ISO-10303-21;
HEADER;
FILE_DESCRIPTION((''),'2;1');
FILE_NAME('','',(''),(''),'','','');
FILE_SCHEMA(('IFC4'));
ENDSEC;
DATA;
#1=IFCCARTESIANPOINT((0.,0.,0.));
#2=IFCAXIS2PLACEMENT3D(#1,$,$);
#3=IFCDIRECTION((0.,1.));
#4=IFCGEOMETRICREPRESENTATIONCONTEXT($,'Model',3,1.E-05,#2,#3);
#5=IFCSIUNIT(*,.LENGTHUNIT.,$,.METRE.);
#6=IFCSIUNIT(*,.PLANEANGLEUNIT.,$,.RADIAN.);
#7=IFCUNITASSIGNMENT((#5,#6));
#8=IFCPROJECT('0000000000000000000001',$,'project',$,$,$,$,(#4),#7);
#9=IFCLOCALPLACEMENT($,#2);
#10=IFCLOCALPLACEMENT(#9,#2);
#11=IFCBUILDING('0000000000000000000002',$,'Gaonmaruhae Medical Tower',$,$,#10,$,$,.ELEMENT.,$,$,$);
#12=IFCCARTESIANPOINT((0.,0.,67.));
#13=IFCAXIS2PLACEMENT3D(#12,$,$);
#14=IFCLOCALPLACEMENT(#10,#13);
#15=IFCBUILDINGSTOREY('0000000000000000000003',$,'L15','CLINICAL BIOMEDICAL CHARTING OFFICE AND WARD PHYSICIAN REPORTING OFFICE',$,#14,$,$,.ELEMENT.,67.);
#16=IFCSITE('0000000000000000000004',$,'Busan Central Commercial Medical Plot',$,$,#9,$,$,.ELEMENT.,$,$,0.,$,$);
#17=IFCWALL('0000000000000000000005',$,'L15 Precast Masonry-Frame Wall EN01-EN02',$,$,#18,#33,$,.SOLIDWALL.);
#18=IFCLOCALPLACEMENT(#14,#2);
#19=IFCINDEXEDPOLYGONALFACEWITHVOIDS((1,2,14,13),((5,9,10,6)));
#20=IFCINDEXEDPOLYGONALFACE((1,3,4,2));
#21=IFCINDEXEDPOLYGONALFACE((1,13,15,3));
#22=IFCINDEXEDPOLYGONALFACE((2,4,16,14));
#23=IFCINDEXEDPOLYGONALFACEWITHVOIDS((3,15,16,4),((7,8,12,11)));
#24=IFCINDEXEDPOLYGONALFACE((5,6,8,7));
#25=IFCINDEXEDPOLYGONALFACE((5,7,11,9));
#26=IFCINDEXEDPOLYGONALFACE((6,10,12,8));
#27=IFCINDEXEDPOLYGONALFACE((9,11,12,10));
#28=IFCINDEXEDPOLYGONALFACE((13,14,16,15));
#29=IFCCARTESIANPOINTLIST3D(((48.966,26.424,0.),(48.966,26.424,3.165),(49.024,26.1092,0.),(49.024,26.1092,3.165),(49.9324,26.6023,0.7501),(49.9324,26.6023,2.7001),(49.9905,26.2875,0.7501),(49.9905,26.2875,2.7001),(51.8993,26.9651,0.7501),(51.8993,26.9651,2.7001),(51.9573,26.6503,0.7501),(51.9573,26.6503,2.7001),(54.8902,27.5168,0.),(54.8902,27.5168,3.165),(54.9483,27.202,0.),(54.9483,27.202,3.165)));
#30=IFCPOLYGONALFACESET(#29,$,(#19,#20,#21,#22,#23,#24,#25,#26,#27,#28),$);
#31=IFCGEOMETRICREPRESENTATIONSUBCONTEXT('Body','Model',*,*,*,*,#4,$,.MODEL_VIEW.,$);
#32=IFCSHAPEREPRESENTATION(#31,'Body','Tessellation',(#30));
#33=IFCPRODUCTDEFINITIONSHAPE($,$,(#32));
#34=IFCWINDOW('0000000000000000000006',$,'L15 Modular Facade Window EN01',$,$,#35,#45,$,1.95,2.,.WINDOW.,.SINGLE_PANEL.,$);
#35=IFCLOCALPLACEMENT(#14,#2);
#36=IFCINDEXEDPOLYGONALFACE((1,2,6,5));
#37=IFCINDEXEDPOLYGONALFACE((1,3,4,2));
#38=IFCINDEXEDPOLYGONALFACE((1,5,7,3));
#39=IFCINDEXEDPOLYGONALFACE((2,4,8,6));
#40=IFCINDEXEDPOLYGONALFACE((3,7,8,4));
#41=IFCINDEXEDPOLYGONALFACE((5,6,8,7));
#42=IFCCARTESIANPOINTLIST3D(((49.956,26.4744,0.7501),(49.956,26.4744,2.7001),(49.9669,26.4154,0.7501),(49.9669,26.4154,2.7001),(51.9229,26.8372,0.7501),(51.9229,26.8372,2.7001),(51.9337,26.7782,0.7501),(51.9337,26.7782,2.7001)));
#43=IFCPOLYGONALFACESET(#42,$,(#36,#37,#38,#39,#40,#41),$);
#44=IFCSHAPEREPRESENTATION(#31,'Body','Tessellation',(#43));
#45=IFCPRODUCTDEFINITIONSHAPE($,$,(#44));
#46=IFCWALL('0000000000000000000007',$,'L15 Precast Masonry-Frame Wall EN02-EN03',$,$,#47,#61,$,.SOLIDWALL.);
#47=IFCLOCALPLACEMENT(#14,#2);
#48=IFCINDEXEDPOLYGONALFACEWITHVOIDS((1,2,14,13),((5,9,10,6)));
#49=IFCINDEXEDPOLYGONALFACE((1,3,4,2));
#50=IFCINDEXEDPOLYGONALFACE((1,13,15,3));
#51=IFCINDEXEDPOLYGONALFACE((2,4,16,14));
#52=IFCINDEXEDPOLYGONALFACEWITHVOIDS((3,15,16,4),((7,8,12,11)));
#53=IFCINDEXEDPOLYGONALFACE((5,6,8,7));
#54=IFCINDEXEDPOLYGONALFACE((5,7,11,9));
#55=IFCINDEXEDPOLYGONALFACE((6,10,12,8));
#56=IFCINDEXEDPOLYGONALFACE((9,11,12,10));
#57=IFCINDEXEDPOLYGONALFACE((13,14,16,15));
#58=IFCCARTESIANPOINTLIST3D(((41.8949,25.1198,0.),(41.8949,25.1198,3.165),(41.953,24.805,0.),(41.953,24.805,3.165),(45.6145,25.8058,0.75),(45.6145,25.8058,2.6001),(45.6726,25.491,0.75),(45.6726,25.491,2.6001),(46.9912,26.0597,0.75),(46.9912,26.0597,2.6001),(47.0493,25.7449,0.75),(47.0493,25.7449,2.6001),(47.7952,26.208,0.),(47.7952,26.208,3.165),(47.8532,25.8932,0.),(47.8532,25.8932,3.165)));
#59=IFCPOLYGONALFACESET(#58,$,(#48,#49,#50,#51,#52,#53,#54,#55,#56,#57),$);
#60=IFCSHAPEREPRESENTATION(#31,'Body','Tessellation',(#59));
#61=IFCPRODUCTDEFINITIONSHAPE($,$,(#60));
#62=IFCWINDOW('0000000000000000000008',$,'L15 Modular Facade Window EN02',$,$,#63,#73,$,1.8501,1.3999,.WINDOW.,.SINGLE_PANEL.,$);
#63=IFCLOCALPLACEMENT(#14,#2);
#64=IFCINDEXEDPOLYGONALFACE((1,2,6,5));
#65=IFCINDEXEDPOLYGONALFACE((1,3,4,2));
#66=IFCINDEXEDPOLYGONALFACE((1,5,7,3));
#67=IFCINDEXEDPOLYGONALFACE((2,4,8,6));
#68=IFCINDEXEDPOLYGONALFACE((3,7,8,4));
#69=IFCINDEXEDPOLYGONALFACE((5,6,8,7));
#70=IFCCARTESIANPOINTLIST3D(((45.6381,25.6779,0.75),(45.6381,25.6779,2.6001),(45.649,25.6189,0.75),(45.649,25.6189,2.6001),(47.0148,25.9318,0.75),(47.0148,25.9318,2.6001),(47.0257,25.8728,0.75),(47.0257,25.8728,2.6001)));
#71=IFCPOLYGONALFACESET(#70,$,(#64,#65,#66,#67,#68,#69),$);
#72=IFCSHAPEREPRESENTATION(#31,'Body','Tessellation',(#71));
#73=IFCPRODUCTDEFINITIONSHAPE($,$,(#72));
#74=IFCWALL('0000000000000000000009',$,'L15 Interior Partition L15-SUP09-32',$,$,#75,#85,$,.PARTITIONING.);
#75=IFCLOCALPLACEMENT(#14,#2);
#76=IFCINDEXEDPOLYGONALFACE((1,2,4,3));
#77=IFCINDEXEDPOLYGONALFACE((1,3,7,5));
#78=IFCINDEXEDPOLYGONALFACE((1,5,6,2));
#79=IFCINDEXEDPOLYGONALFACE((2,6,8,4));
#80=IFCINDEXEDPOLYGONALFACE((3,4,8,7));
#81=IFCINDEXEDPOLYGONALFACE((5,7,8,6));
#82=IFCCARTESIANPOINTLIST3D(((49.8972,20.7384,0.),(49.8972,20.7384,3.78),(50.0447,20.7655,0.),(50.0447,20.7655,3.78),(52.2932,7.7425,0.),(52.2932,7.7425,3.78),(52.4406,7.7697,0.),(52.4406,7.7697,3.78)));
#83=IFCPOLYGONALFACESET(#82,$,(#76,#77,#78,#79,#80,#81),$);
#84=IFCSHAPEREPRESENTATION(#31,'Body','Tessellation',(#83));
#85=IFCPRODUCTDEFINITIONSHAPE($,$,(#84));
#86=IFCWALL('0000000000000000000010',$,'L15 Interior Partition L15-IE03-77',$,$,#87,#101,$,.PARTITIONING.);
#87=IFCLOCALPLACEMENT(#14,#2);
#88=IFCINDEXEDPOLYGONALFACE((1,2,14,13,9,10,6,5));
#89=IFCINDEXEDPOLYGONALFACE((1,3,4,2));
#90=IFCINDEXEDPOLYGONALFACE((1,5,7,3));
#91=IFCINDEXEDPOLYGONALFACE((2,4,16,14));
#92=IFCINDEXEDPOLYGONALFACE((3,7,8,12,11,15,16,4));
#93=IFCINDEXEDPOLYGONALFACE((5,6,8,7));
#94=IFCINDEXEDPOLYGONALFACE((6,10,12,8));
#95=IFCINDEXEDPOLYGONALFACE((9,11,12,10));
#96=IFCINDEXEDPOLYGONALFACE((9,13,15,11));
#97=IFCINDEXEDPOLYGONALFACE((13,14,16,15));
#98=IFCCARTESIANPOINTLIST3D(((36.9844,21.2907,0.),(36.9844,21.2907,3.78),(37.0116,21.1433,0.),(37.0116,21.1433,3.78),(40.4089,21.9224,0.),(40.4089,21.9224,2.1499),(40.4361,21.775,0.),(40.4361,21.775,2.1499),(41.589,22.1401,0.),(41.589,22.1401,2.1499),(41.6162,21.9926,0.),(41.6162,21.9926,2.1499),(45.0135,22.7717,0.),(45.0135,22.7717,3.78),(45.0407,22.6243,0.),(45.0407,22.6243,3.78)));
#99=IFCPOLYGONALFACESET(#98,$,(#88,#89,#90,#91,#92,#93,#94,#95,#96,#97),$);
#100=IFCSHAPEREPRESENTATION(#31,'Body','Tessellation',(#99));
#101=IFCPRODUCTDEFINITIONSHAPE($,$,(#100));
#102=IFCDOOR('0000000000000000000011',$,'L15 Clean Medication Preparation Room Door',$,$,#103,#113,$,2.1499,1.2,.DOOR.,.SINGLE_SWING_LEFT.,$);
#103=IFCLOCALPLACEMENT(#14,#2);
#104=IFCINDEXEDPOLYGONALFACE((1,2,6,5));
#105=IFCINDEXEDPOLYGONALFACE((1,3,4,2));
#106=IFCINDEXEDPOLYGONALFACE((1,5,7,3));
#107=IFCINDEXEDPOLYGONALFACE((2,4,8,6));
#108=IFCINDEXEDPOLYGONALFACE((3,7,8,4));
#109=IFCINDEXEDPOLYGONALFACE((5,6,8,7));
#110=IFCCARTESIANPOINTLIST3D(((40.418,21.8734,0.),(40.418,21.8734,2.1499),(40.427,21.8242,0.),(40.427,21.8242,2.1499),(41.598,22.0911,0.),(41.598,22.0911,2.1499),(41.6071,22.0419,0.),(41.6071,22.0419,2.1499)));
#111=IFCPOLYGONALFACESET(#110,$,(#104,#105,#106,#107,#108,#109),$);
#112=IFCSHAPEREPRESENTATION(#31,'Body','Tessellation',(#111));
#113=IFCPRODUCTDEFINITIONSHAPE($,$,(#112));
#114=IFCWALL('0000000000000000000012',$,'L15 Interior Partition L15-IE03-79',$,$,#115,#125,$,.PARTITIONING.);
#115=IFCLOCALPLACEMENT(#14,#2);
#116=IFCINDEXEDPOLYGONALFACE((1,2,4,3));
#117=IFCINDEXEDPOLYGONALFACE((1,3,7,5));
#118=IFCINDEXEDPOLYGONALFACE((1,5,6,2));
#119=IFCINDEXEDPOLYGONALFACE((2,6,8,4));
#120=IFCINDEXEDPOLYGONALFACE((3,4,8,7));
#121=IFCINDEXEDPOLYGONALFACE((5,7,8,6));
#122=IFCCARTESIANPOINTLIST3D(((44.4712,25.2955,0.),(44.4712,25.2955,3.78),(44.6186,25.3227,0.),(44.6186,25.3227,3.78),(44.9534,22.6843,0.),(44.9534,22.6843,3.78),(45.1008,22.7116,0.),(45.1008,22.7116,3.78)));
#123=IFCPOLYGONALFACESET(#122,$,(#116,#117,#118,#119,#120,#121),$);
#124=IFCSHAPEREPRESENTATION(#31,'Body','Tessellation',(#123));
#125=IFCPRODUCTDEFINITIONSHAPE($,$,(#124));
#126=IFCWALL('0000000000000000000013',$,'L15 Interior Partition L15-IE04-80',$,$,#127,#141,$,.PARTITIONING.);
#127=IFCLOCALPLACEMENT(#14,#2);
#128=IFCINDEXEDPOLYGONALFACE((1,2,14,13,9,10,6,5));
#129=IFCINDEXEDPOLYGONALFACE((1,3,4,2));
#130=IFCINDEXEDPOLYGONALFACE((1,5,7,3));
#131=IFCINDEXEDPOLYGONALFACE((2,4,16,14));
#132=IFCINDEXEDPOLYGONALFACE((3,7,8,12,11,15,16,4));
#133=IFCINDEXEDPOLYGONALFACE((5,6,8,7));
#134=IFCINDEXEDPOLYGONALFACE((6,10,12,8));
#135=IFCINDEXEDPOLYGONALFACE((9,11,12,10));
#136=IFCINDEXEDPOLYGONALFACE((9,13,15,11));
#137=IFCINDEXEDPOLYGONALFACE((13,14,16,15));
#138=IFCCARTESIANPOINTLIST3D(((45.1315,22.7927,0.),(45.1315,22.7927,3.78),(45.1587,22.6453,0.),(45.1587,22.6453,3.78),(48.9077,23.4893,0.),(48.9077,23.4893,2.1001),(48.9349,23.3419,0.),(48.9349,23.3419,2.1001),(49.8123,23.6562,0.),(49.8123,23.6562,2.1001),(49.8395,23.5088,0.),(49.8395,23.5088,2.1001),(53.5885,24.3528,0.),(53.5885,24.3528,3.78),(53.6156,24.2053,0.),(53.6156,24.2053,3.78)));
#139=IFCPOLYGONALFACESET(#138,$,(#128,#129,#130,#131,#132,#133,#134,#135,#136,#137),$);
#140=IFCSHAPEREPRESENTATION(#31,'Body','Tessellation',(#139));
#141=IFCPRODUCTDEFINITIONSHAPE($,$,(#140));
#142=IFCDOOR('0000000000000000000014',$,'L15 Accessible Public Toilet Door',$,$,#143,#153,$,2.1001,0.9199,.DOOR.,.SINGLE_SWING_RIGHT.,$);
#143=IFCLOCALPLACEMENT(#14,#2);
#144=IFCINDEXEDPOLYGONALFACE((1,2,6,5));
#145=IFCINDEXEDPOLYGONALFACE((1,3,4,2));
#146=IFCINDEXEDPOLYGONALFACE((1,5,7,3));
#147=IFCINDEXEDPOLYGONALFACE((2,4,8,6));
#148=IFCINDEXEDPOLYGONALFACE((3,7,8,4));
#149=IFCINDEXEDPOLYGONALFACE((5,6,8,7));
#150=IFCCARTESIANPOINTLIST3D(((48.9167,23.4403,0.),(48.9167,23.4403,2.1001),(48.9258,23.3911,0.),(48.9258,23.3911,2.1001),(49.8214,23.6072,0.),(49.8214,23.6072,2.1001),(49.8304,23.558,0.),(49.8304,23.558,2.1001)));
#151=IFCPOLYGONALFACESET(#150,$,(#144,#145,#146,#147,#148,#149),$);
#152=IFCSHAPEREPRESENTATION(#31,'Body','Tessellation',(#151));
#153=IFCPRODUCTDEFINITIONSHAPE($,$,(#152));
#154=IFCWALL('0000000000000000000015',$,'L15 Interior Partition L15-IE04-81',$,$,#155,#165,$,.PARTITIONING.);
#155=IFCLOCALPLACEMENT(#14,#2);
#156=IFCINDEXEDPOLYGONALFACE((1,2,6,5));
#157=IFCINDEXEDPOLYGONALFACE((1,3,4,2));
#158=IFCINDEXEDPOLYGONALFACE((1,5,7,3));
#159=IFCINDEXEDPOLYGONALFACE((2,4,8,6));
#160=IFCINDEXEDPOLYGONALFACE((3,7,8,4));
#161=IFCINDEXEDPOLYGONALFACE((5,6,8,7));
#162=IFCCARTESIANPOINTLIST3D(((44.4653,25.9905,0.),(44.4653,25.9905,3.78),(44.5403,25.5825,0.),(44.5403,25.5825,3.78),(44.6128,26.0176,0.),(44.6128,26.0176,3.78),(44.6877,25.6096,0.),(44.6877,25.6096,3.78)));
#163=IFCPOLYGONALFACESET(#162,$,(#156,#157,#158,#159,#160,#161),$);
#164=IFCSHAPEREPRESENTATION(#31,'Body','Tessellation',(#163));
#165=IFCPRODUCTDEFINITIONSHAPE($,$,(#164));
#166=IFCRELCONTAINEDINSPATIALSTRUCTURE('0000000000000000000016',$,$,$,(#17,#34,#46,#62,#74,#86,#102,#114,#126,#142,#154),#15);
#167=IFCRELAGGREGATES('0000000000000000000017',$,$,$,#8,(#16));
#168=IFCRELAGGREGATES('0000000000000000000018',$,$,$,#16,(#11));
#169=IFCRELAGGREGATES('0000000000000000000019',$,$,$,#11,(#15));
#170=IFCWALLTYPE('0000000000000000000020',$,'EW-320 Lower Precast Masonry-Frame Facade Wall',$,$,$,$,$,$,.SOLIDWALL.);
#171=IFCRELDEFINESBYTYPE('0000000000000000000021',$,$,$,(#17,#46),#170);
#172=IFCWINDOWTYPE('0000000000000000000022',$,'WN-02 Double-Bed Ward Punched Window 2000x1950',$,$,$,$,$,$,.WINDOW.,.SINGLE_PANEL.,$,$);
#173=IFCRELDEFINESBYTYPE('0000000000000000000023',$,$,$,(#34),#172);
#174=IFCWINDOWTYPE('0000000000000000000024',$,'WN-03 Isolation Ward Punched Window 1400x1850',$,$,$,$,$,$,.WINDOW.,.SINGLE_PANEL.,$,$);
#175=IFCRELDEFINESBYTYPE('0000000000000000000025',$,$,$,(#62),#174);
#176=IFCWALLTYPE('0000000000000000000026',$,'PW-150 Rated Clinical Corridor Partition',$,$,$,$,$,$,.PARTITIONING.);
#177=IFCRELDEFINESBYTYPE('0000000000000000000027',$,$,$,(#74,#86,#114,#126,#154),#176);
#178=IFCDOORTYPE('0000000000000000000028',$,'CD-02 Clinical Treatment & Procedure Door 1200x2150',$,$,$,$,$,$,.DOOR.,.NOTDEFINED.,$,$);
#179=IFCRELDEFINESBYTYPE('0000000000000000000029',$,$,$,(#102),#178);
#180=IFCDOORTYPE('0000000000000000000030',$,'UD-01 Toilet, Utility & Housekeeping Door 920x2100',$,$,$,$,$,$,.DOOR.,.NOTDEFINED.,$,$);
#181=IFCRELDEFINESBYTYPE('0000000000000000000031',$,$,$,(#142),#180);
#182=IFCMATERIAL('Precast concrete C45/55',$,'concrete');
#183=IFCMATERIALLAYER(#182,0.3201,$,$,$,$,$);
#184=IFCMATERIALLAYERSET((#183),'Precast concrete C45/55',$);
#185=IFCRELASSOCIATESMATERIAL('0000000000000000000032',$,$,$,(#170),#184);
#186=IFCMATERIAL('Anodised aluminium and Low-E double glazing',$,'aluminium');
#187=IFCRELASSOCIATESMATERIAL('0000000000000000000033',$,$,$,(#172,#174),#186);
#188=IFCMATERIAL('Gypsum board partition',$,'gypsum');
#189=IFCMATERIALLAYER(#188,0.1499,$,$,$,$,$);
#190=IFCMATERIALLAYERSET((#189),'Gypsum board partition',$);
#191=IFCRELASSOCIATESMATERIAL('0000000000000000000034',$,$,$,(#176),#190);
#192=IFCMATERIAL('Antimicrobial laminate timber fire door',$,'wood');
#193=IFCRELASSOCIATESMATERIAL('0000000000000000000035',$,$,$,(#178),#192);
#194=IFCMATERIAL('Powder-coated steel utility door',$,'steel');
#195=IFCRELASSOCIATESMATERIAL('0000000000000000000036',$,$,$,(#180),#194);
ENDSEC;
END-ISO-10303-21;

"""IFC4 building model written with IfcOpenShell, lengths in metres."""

from ifc_helpers import new_model, si_unit, direction, frame, frame_2d, origin, place, context, subcontext, project, spatial, rectangle, extrude, material, layer, layer_set, type_object, element, fill, save


model = new_model("IFC4")

# Units and contexts
model_context = context("Model", 3, precision=1e-05, world=origin(), true_north=direction((0.0, 1.0)))
body_context = subcontext(model_context, "Body", "Model", "MODEL_VIEW")
ifc_project = project(units=[si_unit("LENGTHUNIT", "METRE"), si_unit("PLANEANGLEUNIT", "RADIAN")], contexts=[model_context])

# Site, building, storey
site_placement = place(None, origin())
site = spatial("IfcSite", under=ifc_project, at=site_placement, Name="Busan Central Commercial Medical Plot", CompositionType="ELEMENT", RefElevation=0.0)
building_placement = place(site_placement, origin())
building = spatial("IfcBuilding", under=site, at=building_placement, Name="Gaonmaruhae Medical Tower", CompositionType="ELEMENT")
storey_placement = place(building_placement, frame((0.0, 0.0, 67.0)))
storey = spatial("IfcBuildingStorey", under=building, at=storey_placement, Name="L15", Description="CLINICAL BIOMEDICAL CHARTING OFFICE AND WARD PHYSICIAN REPORTING OFFICE", CompositionType="ELEMENT", Elevation=67.0)

# Walls, openings, windows
ifc_material_1 = material(Name="Precast concrete C45/55", Category="concrete")
ifc_layer_1 = layer(ifc_material_1, 0.3201)
ifc_layer_set_1 = layer_set([ifc_layer_1], Name="Precast concrete C45/55")
wall_type_1 = type_object("IfcWallType", Name="EW-320 Lower Precast Masonry-Frame Facade Wall", PredefinedType="SOLIDWALL", material=ifc_layer_set_1)
wall_1_placement = place(storey_placement, frame((48.9949, 26.2666, 0.0), z_axis=(0.0, 0.0, 1.0), x_axis=(0.98341, 0.181396, 0.0)))
wall_1 = element("IfcWall", 1, at=wall_1_placement, inside=storey, type_object=wall_type_1, Name="L15 Precast Masonry-Frame Wall EN01-EN02", PredefinedType="SOLIDWALL", context=body_context, shape_type="SweptSolid", body=[
    extrude(rectangle(XDim=6.0242, YDim=0.3201, at=frame_2d((3.0122, 0.0))), origin(), (0.0, 0.0, 1.0), 3.165),
])
opening_1_placement = place(wall_1_placement, frame((0.9829, 0.0, 0.75)))
opening_1 = element("IfcOpeningElement", 2, at=opening_1_placement, cuts=wall_1, PredefinedType="OPENING", context=body_context, shape_type="SweptSolid", body=[
    extrude(rectangle(XDim=2.0, YDim=1.95, at=frame_2d((1.0, 0.9751))), frame((0.0, 0.1699, 0.0), z_axis=(0.0, -1.0, 0.0), x_axis=(1.0, 0.0, 0.0)), (0.0, 0.0, 1.0), 0.3401),
])
ifc_material_2 = material(Name="Anodised aluminium and Low-E double glazing", Category="aluminium")
window_type_1 = type_object("IfcWindowType", Name="WN-02 Double-Bed Ward Punched Window 2000x1950", PartitioningType="SINGLE_PANEL", PredefinedType="WINDOW", material=ifc_material_2)
window_1_placement = place(opening_1_placement, origin())
window_1 = element("IfcWindow", 3, at=window_1_placement, inside=storey, type_object=window_type_1, Name="L15 Modular Facade Window EN01", OverallHeight=1.95, OverallWidth=2.0, PartitioningType="SINGLE_PANEL", PredefinedType="WINDOW", context=body_context, shape_type="SweptSolid", body=[
    extrude(rectangle(XDim=2.0, YDim=1.95, at=frame_2d((1.0, 0.9751))), frame((0.0, 0.03, 0.0), z_axis=(0.0, -1.0, 0.0), x_axis=(1.0, 0.0, 0.0)), (0.0, 0.0, 1.0), 0.0601),
])
fill(opening_1, window_1)
wall_2_placement = place(storey_placement, frame((41.9238, 24.9624, 0.0), z_axis=(0.0, 0.0, 1.0), x_axis=(0.983416, 0.181366, 0.0)))
wall_2 = element("IfcWall", 4, at=wall_2_placement, inside=storey, type_object=wall_type_1, Name="L15 Precast Masonry-Frame Wall EN02-EN03", PredefinedType="SOLIDWALL", context=body_context, shape_type="SweptSolid", body=[
    extrude(rectangle(XDim=5.9998, YDim=0.3201, at=frame_2d((3.0, 0.0))), origin(), (0.0, 0.0, 1.0), 3.165),
])
opening_2_placement = place(wall_2_placement, frame((3.7825, 0.0, 0.75)))
opening_2 = element("IfcOpeningElement", 5, at=opening_2_placement, cuts=wall_2, PredefinedType="OPENING", context=body_context, shape_type="SweptSolid", body=[
    extrude(rectangle(XDim=1.3999, YDim=1.8501, at=frame_2d((0.7, 0.925))), frame((0.0, 0.1699, 0.0), z_axis=(0.0, -1.0, 0.0), x_axis=(1.0, 0.0, 0.0)), (0.0, 0.0, 1.0), 0.3401),
])
window_type_2 = type_object("IfcWindowType", Name="WN-03 Isolation Ward Punched Window 1400x1850", PartitioningType="SINGLE_PANEL", PredefinedType="WINDOW", material=ifc_material_2)
window_2_placement = place(opening_2_placement, origin())
window_2 = element("IfcWindow", 6, at=window_2_placement, inside=storey, type_object=window_type_2, Name="L15 Modular Facade Window EN02", OverallHeight=1.8501, OverallWidth=1.3999, PartitioningType="SINGLE_PANEL", PredefinedType="WINDOW", context=body_context, shape_type="SweptSolid", body=[
    extrude(rectangle(XDim=1.3999, YDim=1.8501, at=frame_2d((0.7, 0.925))), frame((0.0, 0.03, 0.0), z_axis=(0.0, -1.0, 0.0), x_axis=(1.0, 0.0, 0.0)), (0.0, 0.0, 1.0), 0.0601),
])
fill(opening_2, window_2)

# Shared definitions
ifc_material_3 = material(Name="Gypsum board partition", Category="gypsum")
ifc_layer_2 = layer(ifc_material_3, 0.1499)
ifc_layer_set_2 = layer_set([ifc_layer_2], Name="Gypsum board partition")
wall_type_2 = type_object("IfcWallType", Name="PW-150 Rated Clinical Corridor Partition", PredefinedType="PARTITIONING", material=ifc_layer_set_2)
ifc_material_4 = material(Name="Antimicrobial laminate timber fire door", Category="wood")
door_type_1 = type_object("IfcDoorType", Name="CD-02 Clinical Treatment & Procedure Door 1200x2150", OperationType="NOTDEFINED", PredefinedType="DOOR", material=ifc_material_4)

# Wall
wall_3_placement = place(storey_placement, frame((49.9709, 20.752, 0.0), z_axis=(0.0, 0.0, 1.0), x_axis=(0.181311, -0.983426, 0.0)))
element("IfcWall", 7, at=wall_3_placement, inside=storey, type_object=wall_type_2, Name="L15 Interior Partition L15-SUP09-32", PredefinedType="PARTITIONING", context=body_context, shape_type="SweptSolid", body=[
    extrude(rectangle(XDim=13.2148, YDim=0.1499, at=frame_2d((6.6074, 0.0))), origin(), (0.0, 0.0, 1.0), 3.78),
])

# Wall, opening, door
wall_4_placement = place(storey_placement, frame((45.0271, 22.698, 0.0), z_axis=(0.0, 0.0, 1.0), x_axis=(-0.983411, -0.18139, 0.0)))
wall_4 = element("IfcWall", 8, at=wall_4_placement, inside=storey, type_object=wall_type_2, Name="L15 Interior Partition L15-IE03-77", PredefinedType="PARTITIONING", context=body_context, shape_type="SweptSolid", body=[
    extrude(rectangle(XDim=8.1646, YDim=0.1499, at=frame_2d((4.0823, 0.0))), origin(), (0.0, 0.0, 1.0), 3.78),
])
opening_3_placement = place(wall_4_placement, frame((3.4822, 0.0, 0.0)))
opening_3 = element("IfcOpeningElement", 9, at=opening_3_placement, cuts=wall_4, PredefinedType="OPENING", context=body_context, shape_type="SweptSolid", body=[
    extrude(rectangle(XDim=1.2, YDim=2.1499, at=frame_2d((0.6001, 1.075))), frame((0.0, 0.085, 0.0), z_axis=(0.0, -1.0, 0.0), x_axis=(1.0, 0.0, 0.0)), (0.0, 0.0, 1.0), 0.1699),
])
door_1_placement = place(opening_3_placement, origin())
door_1 = element("IfcDoor", 10, at=door_1_placement, inside=storey, type_object=door_type_1, Name="L15 Clean Medication Preparation Room Door", OperationType="SINGLE_SWING_LEFT", OverallHeight=2.1499, OverallWidth=1.2, PredefinedType="DOOR", context=body_context, shape_type="SweptSolid", body=[
    extrude(rectangle(XDim=1.2, YDim=2.1499, at=frame_2d((0.6001, 1.075))), frame((0.0, 0.0249, 0.0), z_axis=(0.0, -1.0, 0.0), x_axis=(1.0, 0.0, 0.0)), (0.0, 0.0, 1.0), 0.05),
])
fill(opening_3, door_1)

# Wall
wall_5_placement = place(storey_placement, frame((44.5449, 25.3091, 0.0), z_axis=(0.0, 0.0, 1.0), x_axis=(0.181595, -0.983373, 0.0)))
element("IfcWall", 11, at=wall_5_placement, inside=storey, type_object=wall_type_2, Name="L15 Interior Partition L15-IE03-79", PredefinedType="PARTITIONING", context=body_context, shape_type="SweptSolid", body=[
    extrude(rectangle(XDim=2.6553, YDim=0.1499, at=frame_2d((1.3276, 0.0))), origin(), (0.0, 0.0, 1.0), 3.78),
])

# Wall, opening, door
wall_6_placement = place(storey_placement, frame((53.6021, 24.2791, 0.0), z_axis=(0.0, 0.0, 1.0), x_axis=(-0.983408, -0.181408, 0.0)))
wall_6 = element("IfcWall", 12, at=wall_6_placement, inside=storey, type_object=wall_type_2, Name="L15 Interior Partition L15-IE04-80", PredefinedType="PARTITIONING", context=body_context, shape_type="SweptSolid", body=[
    extrude(rectangle(XDim=8.5996, YDim=0.1499, at=frame_2d((4.2998, 0.0))), origin(), (0.0, 0.0, 1.0), 3.78),
])
opening_4_placement = place(wall_6_placement, frame((3.8398, 0.0, 0.0)))
opening_4 = element("IfcOpeningElement", 13, at=opening_4_placement, cuts=wall_6, PredefinedType="OPENING", context=body_context, shape_type="SweptSolid", body=[
    extrude(rectangle(XDim=0.9199, YDim=2.1001, at=frame_2d((0.46, 1.05))), frame((0.0, 0.085, 0.0), z_axis=(0.0, -1.0, 0.0), x_axis=(1.0, 0.0, 0.0)), (0.0, 0.0, 1.0), 0.1699),
])
ifc_material_5 = material(Name="Powder-coated steel utility door", Category="steel")
door_type_2 = type_object("IfcDoorType", Name="UD-01 Toilet, Utility & Housekeeping Door 920x2100", OperationType="NOTDEFINED", PredefinedType="DOOR", material=ifc_material_5)
door_2_placement = place(opening_4_placement, origin())
door_2 = element("IfcDoor", 14, at=door_2_placement, inside=storey, type_object=door_type_2, Name="L15 Accessible Public Toilet Door", OperationType="SINGLE_SWING_RIGHT", OverallHeight=2.1001, OverallWidth=0.9199, PredefinedType="DOOR", context=body_context, shape_type="SweptSolid", body=[
    extrude(rectangle(XDim=0.9199, YDim=2.1001, at=frame_2d((0.46, 1.05))), frame((0.0, 0.0249, 0.0), z_axis=(0.0, -1.0, 0.0), x_axis=(1.0, 0.0, 0.0)), (0.0, 0.0, 1.0), 0.05),
])
fill(opening_4, door_2)

# Wall
wall_7_placement = place(storey_placement, frame((44.614, 25.5959, 0.0), z_axis=(0.0, 0.0, 1.0), x_axis=(-0.180698, 0.983539, 0.0)))
element("IfcWall", 15, at=wall_7_placement, inside=storey, type_object=wall_type_2, Name="L15 Interior Partition L15-IE04-81", PredefinedType="PARTITIONING", context=body_context, shape_type="SweptSolid", body=[
    extrude(rectangle(XDim=0.4148, YDim=0.1499, at=frame_2d((0.2075, 0.0))), origin(), (0.0, 0.0, 1.0), 3.78),
])

save(model, "model.ifc")
